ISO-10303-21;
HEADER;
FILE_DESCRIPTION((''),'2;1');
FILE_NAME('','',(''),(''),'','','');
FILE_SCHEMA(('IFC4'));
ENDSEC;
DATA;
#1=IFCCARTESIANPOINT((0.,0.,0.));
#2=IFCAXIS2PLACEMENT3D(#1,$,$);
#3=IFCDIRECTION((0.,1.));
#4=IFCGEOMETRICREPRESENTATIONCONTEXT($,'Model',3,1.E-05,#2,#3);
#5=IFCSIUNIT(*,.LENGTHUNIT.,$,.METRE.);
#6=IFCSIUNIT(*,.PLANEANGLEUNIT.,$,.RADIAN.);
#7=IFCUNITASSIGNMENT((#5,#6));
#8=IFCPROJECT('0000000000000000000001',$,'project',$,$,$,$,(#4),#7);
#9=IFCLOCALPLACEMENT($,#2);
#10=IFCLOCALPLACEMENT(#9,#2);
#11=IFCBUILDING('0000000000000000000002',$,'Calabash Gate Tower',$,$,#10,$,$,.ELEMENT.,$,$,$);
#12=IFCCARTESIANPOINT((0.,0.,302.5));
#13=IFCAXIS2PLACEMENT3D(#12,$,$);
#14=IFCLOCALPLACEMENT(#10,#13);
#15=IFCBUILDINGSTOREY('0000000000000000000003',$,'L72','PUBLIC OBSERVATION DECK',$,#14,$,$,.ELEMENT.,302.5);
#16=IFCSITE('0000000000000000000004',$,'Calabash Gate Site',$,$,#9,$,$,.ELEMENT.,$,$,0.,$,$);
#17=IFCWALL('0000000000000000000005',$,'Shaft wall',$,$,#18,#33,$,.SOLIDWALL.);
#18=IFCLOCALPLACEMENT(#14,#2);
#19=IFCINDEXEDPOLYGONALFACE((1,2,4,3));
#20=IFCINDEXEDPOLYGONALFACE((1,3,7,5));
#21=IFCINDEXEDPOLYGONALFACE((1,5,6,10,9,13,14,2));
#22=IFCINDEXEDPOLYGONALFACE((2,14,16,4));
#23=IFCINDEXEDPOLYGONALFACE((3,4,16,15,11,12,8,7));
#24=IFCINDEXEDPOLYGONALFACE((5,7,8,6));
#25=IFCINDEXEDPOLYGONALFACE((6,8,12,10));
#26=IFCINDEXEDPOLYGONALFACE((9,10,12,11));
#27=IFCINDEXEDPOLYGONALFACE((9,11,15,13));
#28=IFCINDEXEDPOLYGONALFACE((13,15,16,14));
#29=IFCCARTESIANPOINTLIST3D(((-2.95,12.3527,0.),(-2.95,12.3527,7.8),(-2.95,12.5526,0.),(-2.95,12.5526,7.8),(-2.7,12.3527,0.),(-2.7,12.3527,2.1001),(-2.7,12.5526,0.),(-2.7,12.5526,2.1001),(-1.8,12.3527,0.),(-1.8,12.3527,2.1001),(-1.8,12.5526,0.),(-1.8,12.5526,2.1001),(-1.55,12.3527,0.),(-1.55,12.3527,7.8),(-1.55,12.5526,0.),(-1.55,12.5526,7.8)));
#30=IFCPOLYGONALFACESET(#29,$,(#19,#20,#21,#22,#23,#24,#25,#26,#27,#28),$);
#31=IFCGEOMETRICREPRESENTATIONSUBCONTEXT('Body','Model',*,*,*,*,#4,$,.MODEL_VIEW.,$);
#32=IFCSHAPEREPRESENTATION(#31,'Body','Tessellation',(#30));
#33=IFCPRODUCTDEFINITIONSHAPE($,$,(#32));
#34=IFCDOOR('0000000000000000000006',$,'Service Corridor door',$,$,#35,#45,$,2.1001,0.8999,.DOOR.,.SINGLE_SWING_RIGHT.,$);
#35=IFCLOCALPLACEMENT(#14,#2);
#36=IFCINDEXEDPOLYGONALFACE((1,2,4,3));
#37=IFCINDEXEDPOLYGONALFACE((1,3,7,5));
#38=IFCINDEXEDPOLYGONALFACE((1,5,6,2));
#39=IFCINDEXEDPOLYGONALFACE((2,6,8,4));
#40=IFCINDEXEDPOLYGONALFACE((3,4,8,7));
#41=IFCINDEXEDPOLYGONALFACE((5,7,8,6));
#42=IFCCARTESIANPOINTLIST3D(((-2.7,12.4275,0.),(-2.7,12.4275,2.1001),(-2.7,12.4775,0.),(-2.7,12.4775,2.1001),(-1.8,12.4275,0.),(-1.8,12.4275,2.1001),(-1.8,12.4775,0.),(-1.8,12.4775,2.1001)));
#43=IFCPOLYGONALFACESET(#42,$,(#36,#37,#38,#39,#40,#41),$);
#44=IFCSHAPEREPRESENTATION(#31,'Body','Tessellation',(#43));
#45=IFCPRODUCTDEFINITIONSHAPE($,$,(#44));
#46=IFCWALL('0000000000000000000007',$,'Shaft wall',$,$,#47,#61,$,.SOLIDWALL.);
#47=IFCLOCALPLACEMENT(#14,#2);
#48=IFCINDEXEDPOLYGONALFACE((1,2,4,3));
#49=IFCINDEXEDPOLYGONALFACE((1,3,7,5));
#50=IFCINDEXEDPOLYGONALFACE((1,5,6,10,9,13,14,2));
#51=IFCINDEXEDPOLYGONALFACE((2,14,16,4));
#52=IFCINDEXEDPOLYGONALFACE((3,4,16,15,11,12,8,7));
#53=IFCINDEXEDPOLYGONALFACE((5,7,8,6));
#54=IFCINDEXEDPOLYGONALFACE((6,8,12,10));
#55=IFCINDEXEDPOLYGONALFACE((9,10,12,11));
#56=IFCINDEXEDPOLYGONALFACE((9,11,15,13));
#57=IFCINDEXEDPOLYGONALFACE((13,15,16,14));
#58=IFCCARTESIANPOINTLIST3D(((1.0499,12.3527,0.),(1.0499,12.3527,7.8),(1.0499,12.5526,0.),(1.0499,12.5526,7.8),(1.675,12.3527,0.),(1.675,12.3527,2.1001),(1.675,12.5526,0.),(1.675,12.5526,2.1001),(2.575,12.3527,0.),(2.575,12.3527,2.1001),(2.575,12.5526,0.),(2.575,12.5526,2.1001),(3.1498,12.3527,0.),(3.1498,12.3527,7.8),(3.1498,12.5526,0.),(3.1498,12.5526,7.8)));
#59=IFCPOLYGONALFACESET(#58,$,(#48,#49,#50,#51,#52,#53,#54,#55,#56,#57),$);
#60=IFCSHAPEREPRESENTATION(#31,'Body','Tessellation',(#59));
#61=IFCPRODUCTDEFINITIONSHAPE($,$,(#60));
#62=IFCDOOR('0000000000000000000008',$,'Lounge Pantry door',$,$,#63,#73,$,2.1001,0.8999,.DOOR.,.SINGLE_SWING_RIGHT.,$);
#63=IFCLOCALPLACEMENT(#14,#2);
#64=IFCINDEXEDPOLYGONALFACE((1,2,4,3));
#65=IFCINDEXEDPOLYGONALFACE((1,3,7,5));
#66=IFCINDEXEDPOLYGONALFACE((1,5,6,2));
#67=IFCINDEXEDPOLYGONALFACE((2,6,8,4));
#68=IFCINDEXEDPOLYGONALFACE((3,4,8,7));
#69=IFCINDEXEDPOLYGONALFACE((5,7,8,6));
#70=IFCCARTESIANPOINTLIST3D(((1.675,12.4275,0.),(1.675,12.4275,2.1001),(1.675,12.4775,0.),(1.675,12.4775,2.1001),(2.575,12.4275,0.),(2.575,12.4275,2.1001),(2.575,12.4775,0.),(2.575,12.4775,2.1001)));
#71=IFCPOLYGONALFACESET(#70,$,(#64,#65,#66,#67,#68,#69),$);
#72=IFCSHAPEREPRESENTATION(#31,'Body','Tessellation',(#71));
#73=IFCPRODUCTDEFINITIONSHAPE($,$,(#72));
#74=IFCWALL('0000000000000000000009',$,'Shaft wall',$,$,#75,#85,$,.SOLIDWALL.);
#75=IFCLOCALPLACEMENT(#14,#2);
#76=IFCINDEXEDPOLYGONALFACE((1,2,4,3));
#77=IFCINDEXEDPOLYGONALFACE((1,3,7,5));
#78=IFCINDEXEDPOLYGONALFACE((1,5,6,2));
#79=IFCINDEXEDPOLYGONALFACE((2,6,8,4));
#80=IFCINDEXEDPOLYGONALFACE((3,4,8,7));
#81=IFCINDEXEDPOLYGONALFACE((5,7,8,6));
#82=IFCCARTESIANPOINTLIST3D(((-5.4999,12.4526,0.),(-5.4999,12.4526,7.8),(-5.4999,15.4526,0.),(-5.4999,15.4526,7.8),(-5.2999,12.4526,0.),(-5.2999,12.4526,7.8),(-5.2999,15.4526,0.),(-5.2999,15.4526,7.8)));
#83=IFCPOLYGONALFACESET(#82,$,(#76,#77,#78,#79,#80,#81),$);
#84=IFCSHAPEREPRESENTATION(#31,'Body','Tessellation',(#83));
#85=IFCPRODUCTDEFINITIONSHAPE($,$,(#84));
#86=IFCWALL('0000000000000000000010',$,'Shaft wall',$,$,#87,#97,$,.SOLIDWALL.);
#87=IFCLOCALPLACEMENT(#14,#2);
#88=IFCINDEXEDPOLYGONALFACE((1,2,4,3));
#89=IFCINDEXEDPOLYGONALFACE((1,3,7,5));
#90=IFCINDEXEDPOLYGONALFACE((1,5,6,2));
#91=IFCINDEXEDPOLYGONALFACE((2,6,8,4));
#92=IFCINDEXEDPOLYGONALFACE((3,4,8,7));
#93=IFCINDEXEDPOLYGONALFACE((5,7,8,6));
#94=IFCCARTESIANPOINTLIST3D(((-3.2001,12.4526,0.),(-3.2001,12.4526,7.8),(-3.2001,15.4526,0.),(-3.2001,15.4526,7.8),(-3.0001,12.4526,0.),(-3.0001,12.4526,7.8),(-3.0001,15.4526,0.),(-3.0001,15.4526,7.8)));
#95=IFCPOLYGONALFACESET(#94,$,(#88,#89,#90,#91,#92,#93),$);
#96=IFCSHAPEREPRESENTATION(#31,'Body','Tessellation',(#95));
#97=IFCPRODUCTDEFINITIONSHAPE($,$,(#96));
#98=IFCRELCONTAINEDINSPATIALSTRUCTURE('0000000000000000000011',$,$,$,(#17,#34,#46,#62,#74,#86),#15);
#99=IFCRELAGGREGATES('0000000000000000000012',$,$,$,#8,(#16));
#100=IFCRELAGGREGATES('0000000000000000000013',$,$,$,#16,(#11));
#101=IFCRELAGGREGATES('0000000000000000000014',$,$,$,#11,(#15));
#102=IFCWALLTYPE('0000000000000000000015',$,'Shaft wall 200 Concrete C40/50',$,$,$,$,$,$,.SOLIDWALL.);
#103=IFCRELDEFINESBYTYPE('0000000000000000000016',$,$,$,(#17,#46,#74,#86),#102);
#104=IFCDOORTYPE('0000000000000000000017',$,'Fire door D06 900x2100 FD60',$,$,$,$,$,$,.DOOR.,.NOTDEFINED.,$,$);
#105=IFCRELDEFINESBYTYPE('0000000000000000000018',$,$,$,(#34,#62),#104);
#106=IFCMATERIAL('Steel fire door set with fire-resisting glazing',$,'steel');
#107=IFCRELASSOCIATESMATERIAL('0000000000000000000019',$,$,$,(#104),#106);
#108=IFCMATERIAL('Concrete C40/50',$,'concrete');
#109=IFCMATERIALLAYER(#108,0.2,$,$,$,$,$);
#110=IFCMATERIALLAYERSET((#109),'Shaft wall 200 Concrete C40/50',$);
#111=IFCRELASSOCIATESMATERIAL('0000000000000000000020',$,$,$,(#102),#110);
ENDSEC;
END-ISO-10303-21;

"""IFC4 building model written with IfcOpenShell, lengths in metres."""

from ifc_helpers import new_model, si_unit, direction, frame, frame_2d, origin, place, context, subcontext, project, spatial, rectangle, extrude, material, layer, layer_set, type_object, element, fill, save


model = new_model("IFC4")

# Units and contexts
model_context = context("Model", 3, precision=1e-05, world=origin(), true_north=direction((0.0, 1.0)))
body_context = subcontext(model_context, "Body", "Model", "MODEL_VIEW")
ifc_project = project(units=[si_unit("LENGTHUNIT", "METRE"), si_unit("PLANEANGLEUNIT", "RADIAN")], contexts=[model_context])

# Site, building, storey
site_placement = place(None, origin())
site = spatial("IfcSite", under=ifc_project, at=site_placement, Name="Calabash Gate Site", CompositionType="ELEMENT", RefElevation=0.0)
building_placement = place(site_placement, origin())
building = spatial("IfcBuilding", under=site, at=building_placement, Name="Calabash Gate Tower", CompositionType="ELEMENT")
storey_placement = place(building_placement, frame((0.0, 0.0, 302.5)))
storey = spatial("IfcBuildingStorey", under=building, at=storey_placement, Name="L72", Description="PUBLIC OBSERVATION DECK", CompositionType="ELEMENT", Elevation=302.5)

# Shared definitions
ifc_material_1 = material(Name="Steel fire door set with fire-resisting glazing", Category="steel")
door_type_1 = type_object("IfcDoorType", Name="Fire door D06 900x2100 FD60", OperationType="NOTDEFINED", PredefinedType="DOOR", material=ifc_material_1)

# Shared definitions
ifc_material_2 = material(Name="Concrete C40/50", Category="concrete")
ifc_layer_1 = layer(ifc_material_2, 0.2)
ifc_layer_set_1 = layer_set([ifc_layer_1], Name="Shaft wall 200 Concrete C40/50")
wall_type_1 = type_object("IfcWallType", Name="Shaft wall 200 Concrete C40/50", PredefinedType="SOLIDWALL", material=ifc_layer_set_1)

# Walls, openings, doors
wall_1_placement = place(storey_placement, frame((-2.95, 12.4526, 0.0), z_axis=(0.0, 0.0, 1.0), x_axis=(1.0, 0.0, 0.0)))
wall_1 = element("IfcWall", 1, at=wall_1_placement, inside=storey, type_object=wall_type_1, Name="Shaft wall", PredefinedType="SOLIDWALL", context=body_context, shape_type="SweptSolid", body=[
    extrude(rectangle(XDim=1.3999, YDim=0.2, at=frame_2d((0.7, 0.0))), origin(), (0.0, 0.0, 1.0), 7.8),
])
opening_1_placement = place(wall_1_placement, frame((0.25, 0.0, 0.0)))
opening_1 = element("IfcOpeningElement", 2, at=opening_1_placement, cuts=wall_1, PredefinedType="OPENING", context=body_context, shape_type="SweptSolid", body=[
    extrude(rectangle(XDim=0.8999, YDim=2.1001, at=frame_2d((0.45, 1.05))), frame((0.0, 0.1099, 0.0), z_axis=(0.0, -1.0, 0.0), x_axis=(1.0, 0.0, 0.0)), (0.0, 0.0, 1.0), 0.22),
])
door_1_placement = place(opening_1_placement, origin())
door_1 = element("IfcDoor", 3, at=door_1_placement, inside=storey, type_object=door_type_1, Name="Service Corridor door", OperationType="SINGLE_SWING_RIGHT", OverallHeight=2.1001, OverallWidth=0.8999, PredefinedType="DOOR", context=body_context, shape_type="SweptSolid", body=[
    extrude(rectangle(XDim=0.8999, YDim=2.1001, at=frame_2d((0.45, 1.05))), frame((0.0, 0.0249, 0.0), z_axis=(0.0, -1.0, 0.0), x_axis=(1.0, 0.0, 0.0)), (0.0, 0.0, 1.0), 0.05),
])
fill(opening_1, door_1)
wall_2_placement = place(storey_placement, frame((1.05, 12.4526, 0.0), z_axis=(0.0, 0.0, 1.0), x_axis=(1.0, 0.0, 0.0)))
wall_2 = element("IfcWall", 4, at=wall_2_placement, inside=storey, type_object=wall_type_1, Name="Shaft wall", PredefinedType="SOLIDWALL", context=body_context, shape_type="SweptSolid", body=[
    extrude(rectangle(XDim=2.0999, YDim=0.2, at=frame_2d((1.0498, 0.0))), origin(), (0.0, 0.0, 1.0), 7.8),
])
opening_2_placement = place(wall_2_placement, frame((0.625, 0.0, 0.0)))
opening_2 = element("IfcOpeningElement", 5, at=opening_2_placement, cuts=wall_2, PredefinedType="OPENING", context=body_context, shape_type="SweptSolid", body=[
    extrude(rectangle(XDim=0.8999, YDim=2.1001, at=frame_2d((0.45, 1.05))), frame((0.0, 0.1099, 0.0), z_axis=(0.0, -1.0, 0.0), x_axis=(1.0, 0.0, 0.0)), (0.0, 0.0, 1.0), 0.22),
])
door_2_placement = place(opening_2_placement, origin())
door_2 = element("IfcDoor", 6, at=door_2_placement, inside=storey, type_object=door_type_1, Name="Lounge Pantry door", OperationType="SINGLE_SWING_RIGHT", OverallHeight=2.1001, OverallWidth=0.8999, PredefinedType="DOOR", context=body_context, shape_type="SweptSolid", body=[
    extrude(rectangle(XDim=0.8999, YDim=2.1001, at=frame_2d((0.45, 1.05))), frame((0.0, 0.0249, 0.0), z_axis=(0.0, -1.0, 0.0), x_axis=(1.0, 0.0, 0.0)), (0.0, 0.0, 1.0), 0.05),
])
fill(opening_2, door_2)

# Walls
for number, where, z_axis, x_axis, name in (
    (7, (-5.3999, 12.4526, 0.0), (0.0, 0.0, 1.0), (0.0, 1.0, 0.0), "Shaft wall"),
    (8, (-3.1001, 12.4526, 0.0), (0.0, 0.0, 1.0), (0.0, 1.0, 0.0), "Shaft wall"),
):
    element("IfcWall", number, at=place(storey_placement, frame(where, z_axis=z_axis, x_axis=x_axis)), inside=storey, type_object=wall_type_1, Name=name, PredefinedType="SOLIDWALL", context=body_context, shape_type="SweptSolid", body=[
        extrude(rectangle(XDim=3.0, YDim=0.2, at=frame_2d((1.5, 0.0))), origin(), (0.0, 0.0, 1.0), 7.8),
    ])

save(model, "model.ifc")
